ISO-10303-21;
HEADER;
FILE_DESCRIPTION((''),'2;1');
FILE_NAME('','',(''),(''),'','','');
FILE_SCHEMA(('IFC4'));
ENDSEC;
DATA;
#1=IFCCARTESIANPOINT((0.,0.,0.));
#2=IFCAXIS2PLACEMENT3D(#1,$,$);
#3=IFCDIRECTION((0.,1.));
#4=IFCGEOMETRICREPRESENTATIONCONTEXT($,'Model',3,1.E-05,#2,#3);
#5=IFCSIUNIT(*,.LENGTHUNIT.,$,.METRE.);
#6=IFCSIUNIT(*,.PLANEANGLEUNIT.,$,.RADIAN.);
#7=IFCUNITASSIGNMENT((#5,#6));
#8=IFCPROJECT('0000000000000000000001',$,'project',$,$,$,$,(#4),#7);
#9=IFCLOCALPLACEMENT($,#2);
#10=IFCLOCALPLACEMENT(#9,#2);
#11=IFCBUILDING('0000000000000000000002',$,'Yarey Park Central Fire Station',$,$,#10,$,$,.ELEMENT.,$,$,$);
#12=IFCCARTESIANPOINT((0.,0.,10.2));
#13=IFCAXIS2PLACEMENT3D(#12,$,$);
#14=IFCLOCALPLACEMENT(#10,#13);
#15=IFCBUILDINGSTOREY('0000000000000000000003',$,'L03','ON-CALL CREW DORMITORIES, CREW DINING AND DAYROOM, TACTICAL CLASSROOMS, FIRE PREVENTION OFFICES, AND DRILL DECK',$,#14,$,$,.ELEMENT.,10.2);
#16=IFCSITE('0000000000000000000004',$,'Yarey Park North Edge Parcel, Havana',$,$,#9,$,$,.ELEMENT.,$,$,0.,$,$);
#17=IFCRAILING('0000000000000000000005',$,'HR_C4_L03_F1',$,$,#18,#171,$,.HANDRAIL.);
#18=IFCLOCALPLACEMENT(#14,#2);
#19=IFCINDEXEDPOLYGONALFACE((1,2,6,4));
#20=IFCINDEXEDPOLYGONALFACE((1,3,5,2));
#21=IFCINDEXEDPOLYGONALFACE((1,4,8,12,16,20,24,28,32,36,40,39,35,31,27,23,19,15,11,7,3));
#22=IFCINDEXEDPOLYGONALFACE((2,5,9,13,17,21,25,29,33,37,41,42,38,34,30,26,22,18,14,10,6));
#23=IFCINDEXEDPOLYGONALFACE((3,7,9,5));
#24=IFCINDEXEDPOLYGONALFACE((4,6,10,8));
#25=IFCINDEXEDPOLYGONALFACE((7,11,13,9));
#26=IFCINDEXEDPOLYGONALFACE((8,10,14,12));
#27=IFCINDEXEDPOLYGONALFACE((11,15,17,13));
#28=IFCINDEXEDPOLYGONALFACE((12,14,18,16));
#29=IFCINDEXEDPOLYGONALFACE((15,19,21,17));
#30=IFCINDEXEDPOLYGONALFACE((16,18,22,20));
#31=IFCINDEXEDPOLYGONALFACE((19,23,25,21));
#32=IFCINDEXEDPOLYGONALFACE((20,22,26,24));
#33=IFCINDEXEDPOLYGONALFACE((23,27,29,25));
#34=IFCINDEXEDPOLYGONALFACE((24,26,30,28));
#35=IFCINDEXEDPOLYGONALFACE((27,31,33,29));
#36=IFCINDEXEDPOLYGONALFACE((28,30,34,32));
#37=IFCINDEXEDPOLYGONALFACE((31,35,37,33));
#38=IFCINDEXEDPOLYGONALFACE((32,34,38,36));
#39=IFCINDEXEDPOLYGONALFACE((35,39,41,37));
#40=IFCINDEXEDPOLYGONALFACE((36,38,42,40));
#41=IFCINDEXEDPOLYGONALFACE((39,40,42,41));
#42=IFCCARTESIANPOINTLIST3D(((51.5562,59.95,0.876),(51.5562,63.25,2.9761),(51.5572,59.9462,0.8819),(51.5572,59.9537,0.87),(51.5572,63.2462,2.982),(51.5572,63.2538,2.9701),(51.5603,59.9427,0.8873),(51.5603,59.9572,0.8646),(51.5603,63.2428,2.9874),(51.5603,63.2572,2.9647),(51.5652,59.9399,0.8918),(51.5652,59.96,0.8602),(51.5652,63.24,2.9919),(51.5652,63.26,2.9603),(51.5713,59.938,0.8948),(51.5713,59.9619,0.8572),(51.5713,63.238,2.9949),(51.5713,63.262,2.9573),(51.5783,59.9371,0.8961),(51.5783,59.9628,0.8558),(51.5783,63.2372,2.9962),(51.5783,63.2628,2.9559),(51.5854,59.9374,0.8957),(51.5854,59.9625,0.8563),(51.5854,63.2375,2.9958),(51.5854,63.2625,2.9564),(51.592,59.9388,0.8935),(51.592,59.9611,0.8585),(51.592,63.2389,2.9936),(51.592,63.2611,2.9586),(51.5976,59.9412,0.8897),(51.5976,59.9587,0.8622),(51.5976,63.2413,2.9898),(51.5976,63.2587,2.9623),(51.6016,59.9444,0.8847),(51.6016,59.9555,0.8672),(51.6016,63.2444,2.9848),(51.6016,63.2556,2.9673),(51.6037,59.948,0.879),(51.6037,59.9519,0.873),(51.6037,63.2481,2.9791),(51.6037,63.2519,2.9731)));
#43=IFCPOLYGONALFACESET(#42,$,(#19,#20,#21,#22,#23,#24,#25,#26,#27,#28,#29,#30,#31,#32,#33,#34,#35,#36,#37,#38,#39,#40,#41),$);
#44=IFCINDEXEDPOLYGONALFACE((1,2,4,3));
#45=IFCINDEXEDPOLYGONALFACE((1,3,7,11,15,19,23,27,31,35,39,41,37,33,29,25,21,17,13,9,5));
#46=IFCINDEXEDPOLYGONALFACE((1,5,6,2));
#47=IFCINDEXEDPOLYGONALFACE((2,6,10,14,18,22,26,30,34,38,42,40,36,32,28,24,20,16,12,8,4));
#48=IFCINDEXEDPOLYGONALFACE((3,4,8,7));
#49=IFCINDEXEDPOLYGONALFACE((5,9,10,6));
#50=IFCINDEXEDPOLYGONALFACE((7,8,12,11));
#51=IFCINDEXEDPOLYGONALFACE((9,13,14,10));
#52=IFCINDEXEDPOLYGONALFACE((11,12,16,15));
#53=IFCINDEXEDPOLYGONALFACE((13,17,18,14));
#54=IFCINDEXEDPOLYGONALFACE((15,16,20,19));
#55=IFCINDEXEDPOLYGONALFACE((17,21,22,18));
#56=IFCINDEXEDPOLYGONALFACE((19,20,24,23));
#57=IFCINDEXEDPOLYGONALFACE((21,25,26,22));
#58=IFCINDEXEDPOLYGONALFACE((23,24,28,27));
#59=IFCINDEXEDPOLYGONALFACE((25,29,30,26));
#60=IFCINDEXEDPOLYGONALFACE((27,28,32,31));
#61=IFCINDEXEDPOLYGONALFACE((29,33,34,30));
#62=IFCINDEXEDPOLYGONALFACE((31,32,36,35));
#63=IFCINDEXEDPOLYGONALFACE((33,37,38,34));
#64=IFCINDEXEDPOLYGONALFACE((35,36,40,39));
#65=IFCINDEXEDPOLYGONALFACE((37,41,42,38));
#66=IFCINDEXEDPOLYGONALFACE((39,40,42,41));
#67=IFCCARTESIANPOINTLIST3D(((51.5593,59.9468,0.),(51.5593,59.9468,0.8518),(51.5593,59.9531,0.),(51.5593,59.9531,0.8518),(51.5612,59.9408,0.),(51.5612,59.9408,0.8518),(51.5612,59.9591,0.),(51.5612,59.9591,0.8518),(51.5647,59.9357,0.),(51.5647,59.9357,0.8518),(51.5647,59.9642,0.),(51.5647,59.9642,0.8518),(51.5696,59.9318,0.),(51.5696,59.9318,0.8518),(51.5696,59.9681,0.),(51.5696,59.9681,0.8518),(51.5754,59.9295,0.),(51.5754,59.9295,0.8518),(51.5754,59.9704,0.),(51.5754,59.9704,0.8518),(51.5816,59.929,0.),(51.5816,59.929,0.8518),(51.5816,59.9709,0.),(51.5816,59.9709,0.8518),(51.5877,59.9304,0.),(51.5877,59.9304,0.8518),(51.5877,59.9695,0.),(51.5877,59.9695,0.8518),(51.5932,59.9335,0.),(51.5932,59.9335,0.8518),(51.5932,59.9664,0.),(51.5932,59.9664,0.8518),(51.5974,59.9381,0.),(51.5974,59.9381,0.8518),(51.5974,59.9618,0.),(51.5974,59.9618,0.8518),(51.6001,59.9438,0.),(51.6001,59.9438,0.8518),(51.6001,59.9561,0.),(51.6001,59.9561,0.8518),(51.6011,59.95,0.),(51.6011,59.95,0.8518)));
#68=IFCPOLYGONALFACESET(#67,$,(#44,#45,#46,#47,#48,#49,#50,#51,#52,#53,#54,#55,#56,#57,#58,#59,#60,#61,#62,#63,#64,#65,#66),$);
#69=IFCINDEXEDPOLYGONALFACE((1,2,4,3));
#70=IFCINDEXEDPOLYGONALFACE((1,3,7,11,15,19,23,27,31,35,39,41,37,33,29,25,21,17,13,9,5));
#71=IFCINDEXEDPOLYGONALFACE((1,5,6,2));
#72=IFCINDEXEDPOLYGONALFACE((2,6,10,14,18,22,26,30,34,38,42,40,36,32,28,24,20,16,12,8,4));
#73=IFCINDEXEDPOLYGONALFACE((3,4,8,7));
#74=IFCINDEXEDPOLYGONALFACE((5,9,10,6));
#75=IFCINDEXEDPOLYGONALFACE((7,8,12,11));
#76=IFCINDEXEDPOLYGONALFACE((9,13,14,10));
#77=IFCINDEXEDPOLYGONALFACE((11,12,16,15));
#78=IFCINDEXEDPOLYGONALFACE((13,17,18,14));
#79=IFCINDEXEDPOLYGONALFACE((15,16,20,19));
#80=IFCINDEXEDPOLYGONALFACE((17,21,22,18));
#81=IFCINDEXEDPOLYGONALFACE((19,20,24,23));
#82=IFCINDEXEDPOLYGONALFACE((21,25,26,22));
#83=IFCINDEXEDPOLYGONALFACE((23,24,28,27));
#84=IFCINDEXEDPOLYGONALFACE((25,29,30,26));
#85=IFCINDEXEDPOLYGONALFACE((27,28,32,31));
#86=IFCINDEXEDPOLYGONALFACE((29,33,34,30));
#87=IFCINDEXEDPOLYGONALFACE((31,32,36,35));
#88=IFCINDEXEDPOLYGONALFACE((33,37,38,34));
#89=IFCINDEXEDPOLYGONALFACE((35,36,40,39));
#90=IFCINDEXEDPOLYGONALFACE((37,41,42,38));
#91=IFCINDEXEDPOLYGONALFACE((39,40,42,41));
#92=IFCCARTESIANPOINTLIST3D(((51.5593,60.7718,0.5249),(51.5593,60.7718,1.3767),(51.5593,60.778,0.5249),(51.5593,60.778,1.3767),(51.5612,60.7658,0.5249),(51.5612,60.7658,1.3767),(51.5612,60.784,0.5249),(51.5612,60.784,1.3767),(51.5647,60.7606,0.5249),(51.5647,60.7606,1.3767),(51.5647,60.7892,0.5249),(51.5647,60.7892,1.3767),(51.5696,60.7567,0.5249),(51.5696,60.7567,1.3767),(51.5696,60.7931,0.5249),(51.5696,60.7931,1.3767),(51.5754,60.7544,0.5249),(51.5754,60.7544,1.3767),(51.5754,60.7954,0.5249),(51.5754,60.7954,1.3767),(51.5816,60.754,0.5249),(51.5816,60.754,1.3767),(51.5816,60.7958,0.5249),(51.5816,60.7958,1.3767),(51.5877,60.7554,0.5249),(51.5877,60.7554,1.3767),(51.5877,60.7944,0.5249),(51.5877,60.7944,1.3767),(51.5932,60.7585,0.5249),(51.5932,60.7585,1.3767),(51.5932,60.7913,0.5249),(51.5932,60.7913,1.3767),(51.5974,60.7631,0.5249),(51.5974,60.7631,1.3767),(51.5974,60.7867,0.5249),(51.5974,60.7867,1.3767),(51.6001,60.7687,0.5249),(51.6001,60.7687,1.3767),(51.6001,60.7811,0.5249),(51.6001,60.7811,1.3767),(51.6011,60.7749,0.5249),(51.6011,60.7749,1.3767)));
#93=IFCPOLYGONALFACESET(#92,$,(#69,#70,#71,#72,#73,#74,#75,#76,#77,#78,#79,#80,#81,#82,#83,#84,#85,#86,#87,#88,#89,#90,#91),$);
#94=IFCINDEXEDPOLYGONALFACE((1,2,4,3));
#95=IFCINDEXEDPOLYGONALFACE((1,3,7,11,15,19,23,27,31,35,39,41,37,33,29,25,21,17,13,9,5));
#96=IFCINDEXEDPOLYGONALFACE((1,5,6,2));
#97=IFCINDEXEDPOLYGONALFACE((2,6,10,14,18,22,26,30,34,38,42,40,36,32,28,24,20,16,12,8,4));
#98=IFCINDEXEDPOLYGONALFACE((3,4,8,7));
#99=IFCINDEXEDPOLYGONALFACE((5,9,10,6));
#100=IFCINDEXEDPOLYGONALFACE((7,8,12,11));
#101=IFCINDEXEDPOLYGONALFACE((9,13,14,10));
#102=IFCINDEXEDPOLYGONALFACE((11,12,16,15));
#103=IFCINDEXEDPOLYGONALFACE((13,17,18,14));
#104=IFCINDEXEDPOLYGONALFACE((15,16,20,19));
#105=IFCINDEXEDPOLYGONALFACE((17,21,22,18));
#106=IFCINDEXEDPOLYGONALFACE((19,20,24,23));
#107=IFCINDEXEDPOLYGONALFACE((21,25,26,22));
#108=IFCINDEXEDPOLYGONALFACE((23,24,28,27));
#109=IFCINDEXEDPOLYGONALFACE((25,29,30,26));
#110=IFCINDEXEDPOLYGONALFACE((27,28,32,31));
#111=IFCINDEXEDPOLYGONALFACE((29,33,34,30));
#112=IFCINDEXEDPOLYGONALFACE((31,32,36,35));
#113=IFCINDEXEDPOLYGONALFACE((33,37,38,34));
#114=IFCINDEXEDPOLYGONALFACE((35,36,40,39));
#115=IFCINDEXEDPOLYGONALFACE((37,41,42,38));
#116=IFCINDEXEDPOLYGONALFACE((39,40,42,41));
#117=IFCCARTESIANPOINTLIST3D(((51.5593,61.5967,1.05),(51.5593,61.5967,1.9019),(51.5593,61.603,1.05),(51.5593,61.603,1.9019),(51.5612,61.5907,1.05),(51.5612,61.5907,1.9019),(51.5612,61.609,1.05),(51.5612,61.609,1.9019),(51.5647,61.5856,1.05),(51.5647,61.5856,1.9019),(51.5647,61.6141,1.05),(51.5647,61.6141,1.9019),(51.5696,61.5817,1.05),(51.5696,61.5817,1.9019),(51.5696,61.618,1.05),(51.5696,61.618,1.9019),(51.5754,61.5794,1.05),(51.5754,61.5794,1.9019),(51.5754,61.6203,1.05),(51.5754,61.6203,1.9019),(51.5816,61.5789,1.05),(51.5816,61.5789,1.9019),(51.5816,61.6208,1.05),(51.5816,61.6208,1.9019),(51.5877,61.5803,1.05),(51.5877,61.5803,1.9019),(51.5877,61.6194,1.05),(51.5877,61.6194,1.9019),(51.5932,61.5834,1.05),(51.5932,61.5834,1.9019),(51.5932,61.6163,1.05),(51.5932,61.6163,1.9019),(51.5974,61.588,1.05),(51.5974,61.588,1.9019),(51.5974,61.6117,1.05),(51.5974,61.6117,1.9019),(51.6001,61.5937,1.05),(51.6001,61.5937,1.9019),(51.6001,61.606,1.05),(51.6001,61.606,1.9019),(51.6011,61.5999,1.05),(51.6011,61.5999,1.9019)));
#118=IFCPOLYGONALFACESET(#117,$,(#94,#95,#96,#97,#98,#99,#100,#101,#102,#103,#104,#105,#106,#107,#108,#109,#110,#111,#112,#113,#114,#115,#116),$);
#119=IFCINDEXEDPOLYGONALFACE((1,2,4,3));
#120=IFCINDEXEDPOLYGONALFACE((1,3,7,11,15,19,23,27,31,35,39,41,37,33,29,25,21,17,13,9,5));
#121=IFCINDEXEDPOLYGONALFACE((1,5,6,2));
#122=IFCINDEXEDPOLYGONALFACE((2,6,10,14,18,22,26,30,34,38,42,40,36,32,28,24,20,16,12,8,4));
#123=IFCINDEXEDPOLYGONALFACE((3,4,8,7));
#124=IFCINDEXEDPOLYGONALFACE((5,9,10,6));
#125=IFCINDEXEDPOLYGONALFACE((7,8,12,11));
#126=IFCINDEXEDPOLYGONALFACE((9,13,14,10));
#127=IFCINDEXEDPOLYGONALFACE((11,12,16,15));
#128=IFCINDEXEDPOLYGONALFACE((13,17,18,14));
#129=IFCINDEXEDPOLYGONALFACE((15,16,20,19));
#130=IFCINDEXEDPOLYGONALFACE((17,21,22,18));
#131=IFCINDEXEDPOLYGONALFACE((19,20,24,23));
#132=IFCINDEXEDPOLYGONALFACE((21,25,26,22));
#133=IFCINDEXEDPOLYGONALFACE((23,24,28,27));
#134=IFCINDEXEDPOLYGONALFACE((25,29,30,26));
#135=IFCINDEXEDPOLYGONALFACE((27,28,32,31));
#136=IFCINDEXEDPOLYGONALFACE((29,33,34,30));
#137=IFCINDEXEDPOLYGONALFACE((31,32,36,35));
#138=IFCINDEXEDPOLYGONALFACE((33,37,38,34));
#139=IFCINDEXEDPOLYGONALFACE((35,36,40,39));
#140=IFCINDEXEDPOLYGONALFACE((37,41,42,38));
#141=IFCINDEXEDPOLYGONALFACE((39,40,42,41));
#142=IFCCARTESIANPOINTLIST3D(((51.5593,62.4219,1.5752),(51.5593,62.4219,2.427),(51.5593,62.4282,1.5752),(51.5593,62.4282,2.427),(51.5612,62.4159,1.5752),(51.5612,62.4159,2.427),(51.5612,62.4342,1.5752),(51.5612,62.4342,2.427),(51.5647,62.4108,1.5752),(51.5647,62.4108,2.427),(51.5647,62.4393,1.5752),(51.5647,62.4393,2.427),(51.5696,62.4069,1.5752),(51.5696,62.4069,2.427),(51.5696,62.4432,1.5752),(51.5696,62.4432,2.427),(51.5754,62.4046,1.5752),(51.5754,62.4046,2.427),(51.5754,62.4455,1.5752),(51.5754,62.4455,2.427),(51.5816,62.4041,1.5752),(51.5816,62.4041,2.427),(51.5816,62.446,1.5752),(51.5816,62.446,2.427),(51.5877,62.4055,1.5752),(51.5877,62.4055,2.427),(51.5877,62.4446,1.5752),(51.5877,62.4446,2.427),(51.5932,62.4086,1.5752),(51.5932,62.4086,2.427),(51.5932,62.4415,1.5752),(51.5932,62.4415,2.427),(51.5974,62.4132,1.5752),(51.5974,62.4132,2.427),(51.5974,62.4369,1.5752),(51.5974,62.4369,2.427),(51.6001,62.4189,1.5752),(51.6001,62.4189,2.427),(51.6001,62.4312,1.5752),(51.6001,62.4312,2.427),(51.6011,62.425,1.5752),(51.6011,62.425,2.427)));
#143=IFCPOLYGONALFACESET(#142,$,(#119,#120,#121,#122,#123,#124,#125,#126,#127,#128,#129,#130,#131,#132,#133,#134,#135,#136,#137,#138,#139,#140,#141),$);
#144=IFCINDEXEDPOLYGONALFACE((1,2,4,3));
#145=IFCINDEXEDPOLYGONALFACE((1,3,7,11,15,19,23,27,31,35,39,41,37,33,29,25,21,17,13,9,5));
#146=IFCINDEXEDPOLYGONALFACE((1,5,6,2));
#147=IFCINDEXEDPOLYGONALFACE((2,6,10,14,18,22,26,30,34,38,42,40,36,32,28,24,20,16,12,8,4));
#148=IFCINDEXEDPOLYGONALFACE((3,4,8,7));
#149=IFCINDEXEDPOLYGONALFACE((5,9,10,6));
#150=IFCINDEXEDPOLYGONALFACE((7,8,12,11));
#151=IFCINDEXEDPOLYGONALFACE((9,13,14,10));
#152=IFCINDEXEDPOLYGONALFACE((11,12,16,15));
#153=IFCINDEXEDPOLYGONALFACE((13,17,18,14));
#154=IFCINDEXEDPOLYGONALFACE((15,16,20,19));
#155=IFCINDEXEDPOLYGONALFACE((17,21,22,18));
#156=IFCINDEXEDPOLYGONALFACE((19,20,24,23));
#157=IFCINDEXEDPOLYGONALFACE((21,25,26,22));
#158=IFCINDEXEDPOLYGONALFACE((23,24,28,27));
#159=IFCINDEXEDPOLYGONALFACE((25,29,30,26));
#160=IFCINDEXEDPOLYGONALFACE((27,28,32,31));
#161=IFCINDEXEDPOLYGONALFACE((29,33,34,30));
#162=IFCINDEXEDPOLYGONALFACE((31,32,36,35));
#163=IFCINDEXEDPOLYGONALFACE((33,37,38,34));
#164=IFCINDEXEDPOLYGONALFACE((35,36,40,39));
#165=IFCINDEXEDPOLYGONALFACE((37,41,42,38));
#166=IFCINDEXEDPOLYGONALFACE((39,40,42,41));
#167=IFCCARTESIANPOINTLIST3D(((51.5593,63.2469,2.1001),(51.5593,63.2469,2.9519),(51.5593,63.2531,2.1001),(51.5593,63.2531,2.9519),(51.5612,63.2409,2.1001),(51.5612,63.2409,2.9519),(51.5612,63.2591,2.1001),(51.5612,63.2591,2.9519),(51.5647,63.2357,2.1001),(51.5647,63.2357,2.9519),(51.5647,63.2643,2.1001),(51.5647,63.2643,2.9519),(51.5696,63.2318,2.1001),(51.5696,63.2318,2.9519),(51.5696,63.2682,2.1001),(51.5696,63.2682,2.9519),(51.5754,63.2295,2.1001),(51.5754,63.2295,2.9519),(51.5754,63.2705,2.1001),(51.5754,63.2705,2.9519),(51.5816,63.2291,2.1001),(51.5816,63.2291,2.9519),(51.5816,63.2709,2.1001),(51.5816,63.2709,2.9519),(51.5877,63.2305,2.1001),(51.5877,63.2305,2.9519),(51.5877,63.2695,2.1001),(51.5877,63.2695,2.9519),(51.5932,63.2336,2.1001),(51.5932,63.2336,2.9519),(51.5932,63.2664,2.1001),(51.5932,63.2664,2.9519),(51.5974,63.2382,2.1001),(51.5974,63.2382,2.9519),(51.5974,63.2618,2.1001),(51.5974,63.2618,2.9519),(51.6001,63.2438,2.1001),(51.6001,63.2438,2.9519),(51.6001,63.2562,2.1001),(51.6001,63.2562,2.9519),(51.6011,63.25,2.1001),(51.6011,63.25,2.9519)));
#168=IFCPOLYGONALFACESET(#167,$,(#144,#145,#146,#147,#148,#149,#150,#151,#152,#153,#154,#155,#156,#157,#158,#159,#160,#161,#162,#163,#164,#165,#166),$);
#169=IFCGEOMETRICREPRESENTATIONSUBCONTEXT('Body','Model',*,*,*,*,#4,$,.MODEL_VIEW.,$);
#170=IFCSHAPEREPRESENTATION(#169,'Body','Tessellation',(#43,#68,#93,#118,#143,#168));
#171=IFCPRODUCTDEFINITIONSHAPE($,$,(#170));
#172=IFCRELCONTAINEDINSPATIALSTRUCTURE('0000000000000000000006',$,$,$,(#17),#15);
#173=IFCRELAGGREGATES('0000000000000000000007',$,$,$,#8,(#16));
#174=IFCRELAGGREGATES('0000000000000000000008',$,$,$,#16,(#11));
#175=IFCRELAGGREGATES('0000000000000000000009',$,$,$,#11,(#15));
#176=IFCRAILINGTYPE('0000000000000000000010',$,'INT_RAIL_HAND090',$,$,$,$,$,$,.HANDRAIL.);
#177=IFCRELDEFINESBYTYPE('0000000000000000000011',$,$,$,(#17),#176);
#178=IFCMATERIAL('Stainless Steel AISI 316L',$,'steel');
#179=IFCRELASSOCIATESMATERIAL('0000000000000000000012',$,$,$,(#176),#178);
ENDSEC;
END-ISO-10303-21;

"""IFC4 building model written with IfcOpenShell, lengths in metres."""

from ifc_helpers import new_model, si_unit, direction, frame, origin, origin_2d, place, context, subcontext, project, spatial, circle, extrude, material, type_object, element, save


model = new_model("IFC4")

# Units and contexts
model_context = context("Model", 3, precision=1e-05, world=origin(), true_north=direction((0.0, 1.0)))
body_context = subcontext(model_context, "Body", "Model", "MODEL_VIEW")
ifc_project = project(units=[si_unit("LENGTHUNIT", "METRE"), si_unit("PLANEANGLEUNIT", "RADIAN")], contexts=[model_context])

# Site, building, storey
site_placement = place(None, origin())
site = spatial("IfcSite", under=ifc_project, at=site_placement, Name="Yarey Park North Edge Parcel, Havana", CompositionType="ELEMENT", RefElevation=0.0)
building_placement = place(site_placement, origin())
building = spatial("IfcBuilding", under=site, at=building_placement, Name="Yarey Park Central Fire Station", CompositionType="ELEMENT")
storey_placement = place(building_placement, frame((0.0, 0.0, 10.2)))
storey = spatial("IfcBuildingStorey", under=building, at=storey_placement, Name="L03", Description="ON-CALL CREW DORMITORIES, CREW DINING AND DAYROOM, TACTICAL CLASSROOMS, FIRE PREVENTION OFFICES, AND DRILL DECK", CompositionType="ELEMENT", Elevation=10.2)

# Shared definitions
ifc_material_1 = material(Name="Stainless Steel AISI 316L", Category="steel")

# Railing
railing_type_1 = type_object("IfcRailingType", Name="INT_RAIL_HAND090", PredefinedType="HANDRAIL", material=ifc_material_1)
railing_1_placement = place(storey_placement, frame((51.5801, 59.95, 0.0)))
element("IfcRailing", 1, at=railing_1_placement, inside=storey, type_object=railing_type_1, Name="HR_C4_L03_F1", PredefinedType="HANDRAIL", context=body_context, shape_type="SweptSolid", body=[
    extrude(circle(Radius=0.0239, at=origin_2d()), frame((0.0, 0.0, 0.876), z_axis=(0.0, 0.843654, 0.536888), x_axis=(-1.0, 0.0, 0.0)), (0.0, 0.0, 1.0), 3.9116),
    extrude(circle(Radius=0.021, at=origin_2d()), origin(), (0.0, 0.0, 1.0), 0.8518),
    extrude(circle(Radius=0.021, at=origin_2d()), frame((0.0, 0.825, 0.5249)), (0.0, 0.0, 1.0), 0.8518),
    extrude(circle(Radius=0.021, at=origin_2d()), frame((0.0, 1.6499, 1.05)), (0.0, 0.0, 1.0), 0.8518),
    extrude(circle(Radius=0.021, at=origin_2d()), frame((0.0, 2.4751, 1.5752)), (0.0, 0.0, 1.0), 0.8518),
    extrude(circle(Radius=0.021, at=origin_2d()), frame((0.0, 3.3, 2.1001)), (0.0, 0.0, 1.0), 0.8518),
])

save(model, "model.ifc")
